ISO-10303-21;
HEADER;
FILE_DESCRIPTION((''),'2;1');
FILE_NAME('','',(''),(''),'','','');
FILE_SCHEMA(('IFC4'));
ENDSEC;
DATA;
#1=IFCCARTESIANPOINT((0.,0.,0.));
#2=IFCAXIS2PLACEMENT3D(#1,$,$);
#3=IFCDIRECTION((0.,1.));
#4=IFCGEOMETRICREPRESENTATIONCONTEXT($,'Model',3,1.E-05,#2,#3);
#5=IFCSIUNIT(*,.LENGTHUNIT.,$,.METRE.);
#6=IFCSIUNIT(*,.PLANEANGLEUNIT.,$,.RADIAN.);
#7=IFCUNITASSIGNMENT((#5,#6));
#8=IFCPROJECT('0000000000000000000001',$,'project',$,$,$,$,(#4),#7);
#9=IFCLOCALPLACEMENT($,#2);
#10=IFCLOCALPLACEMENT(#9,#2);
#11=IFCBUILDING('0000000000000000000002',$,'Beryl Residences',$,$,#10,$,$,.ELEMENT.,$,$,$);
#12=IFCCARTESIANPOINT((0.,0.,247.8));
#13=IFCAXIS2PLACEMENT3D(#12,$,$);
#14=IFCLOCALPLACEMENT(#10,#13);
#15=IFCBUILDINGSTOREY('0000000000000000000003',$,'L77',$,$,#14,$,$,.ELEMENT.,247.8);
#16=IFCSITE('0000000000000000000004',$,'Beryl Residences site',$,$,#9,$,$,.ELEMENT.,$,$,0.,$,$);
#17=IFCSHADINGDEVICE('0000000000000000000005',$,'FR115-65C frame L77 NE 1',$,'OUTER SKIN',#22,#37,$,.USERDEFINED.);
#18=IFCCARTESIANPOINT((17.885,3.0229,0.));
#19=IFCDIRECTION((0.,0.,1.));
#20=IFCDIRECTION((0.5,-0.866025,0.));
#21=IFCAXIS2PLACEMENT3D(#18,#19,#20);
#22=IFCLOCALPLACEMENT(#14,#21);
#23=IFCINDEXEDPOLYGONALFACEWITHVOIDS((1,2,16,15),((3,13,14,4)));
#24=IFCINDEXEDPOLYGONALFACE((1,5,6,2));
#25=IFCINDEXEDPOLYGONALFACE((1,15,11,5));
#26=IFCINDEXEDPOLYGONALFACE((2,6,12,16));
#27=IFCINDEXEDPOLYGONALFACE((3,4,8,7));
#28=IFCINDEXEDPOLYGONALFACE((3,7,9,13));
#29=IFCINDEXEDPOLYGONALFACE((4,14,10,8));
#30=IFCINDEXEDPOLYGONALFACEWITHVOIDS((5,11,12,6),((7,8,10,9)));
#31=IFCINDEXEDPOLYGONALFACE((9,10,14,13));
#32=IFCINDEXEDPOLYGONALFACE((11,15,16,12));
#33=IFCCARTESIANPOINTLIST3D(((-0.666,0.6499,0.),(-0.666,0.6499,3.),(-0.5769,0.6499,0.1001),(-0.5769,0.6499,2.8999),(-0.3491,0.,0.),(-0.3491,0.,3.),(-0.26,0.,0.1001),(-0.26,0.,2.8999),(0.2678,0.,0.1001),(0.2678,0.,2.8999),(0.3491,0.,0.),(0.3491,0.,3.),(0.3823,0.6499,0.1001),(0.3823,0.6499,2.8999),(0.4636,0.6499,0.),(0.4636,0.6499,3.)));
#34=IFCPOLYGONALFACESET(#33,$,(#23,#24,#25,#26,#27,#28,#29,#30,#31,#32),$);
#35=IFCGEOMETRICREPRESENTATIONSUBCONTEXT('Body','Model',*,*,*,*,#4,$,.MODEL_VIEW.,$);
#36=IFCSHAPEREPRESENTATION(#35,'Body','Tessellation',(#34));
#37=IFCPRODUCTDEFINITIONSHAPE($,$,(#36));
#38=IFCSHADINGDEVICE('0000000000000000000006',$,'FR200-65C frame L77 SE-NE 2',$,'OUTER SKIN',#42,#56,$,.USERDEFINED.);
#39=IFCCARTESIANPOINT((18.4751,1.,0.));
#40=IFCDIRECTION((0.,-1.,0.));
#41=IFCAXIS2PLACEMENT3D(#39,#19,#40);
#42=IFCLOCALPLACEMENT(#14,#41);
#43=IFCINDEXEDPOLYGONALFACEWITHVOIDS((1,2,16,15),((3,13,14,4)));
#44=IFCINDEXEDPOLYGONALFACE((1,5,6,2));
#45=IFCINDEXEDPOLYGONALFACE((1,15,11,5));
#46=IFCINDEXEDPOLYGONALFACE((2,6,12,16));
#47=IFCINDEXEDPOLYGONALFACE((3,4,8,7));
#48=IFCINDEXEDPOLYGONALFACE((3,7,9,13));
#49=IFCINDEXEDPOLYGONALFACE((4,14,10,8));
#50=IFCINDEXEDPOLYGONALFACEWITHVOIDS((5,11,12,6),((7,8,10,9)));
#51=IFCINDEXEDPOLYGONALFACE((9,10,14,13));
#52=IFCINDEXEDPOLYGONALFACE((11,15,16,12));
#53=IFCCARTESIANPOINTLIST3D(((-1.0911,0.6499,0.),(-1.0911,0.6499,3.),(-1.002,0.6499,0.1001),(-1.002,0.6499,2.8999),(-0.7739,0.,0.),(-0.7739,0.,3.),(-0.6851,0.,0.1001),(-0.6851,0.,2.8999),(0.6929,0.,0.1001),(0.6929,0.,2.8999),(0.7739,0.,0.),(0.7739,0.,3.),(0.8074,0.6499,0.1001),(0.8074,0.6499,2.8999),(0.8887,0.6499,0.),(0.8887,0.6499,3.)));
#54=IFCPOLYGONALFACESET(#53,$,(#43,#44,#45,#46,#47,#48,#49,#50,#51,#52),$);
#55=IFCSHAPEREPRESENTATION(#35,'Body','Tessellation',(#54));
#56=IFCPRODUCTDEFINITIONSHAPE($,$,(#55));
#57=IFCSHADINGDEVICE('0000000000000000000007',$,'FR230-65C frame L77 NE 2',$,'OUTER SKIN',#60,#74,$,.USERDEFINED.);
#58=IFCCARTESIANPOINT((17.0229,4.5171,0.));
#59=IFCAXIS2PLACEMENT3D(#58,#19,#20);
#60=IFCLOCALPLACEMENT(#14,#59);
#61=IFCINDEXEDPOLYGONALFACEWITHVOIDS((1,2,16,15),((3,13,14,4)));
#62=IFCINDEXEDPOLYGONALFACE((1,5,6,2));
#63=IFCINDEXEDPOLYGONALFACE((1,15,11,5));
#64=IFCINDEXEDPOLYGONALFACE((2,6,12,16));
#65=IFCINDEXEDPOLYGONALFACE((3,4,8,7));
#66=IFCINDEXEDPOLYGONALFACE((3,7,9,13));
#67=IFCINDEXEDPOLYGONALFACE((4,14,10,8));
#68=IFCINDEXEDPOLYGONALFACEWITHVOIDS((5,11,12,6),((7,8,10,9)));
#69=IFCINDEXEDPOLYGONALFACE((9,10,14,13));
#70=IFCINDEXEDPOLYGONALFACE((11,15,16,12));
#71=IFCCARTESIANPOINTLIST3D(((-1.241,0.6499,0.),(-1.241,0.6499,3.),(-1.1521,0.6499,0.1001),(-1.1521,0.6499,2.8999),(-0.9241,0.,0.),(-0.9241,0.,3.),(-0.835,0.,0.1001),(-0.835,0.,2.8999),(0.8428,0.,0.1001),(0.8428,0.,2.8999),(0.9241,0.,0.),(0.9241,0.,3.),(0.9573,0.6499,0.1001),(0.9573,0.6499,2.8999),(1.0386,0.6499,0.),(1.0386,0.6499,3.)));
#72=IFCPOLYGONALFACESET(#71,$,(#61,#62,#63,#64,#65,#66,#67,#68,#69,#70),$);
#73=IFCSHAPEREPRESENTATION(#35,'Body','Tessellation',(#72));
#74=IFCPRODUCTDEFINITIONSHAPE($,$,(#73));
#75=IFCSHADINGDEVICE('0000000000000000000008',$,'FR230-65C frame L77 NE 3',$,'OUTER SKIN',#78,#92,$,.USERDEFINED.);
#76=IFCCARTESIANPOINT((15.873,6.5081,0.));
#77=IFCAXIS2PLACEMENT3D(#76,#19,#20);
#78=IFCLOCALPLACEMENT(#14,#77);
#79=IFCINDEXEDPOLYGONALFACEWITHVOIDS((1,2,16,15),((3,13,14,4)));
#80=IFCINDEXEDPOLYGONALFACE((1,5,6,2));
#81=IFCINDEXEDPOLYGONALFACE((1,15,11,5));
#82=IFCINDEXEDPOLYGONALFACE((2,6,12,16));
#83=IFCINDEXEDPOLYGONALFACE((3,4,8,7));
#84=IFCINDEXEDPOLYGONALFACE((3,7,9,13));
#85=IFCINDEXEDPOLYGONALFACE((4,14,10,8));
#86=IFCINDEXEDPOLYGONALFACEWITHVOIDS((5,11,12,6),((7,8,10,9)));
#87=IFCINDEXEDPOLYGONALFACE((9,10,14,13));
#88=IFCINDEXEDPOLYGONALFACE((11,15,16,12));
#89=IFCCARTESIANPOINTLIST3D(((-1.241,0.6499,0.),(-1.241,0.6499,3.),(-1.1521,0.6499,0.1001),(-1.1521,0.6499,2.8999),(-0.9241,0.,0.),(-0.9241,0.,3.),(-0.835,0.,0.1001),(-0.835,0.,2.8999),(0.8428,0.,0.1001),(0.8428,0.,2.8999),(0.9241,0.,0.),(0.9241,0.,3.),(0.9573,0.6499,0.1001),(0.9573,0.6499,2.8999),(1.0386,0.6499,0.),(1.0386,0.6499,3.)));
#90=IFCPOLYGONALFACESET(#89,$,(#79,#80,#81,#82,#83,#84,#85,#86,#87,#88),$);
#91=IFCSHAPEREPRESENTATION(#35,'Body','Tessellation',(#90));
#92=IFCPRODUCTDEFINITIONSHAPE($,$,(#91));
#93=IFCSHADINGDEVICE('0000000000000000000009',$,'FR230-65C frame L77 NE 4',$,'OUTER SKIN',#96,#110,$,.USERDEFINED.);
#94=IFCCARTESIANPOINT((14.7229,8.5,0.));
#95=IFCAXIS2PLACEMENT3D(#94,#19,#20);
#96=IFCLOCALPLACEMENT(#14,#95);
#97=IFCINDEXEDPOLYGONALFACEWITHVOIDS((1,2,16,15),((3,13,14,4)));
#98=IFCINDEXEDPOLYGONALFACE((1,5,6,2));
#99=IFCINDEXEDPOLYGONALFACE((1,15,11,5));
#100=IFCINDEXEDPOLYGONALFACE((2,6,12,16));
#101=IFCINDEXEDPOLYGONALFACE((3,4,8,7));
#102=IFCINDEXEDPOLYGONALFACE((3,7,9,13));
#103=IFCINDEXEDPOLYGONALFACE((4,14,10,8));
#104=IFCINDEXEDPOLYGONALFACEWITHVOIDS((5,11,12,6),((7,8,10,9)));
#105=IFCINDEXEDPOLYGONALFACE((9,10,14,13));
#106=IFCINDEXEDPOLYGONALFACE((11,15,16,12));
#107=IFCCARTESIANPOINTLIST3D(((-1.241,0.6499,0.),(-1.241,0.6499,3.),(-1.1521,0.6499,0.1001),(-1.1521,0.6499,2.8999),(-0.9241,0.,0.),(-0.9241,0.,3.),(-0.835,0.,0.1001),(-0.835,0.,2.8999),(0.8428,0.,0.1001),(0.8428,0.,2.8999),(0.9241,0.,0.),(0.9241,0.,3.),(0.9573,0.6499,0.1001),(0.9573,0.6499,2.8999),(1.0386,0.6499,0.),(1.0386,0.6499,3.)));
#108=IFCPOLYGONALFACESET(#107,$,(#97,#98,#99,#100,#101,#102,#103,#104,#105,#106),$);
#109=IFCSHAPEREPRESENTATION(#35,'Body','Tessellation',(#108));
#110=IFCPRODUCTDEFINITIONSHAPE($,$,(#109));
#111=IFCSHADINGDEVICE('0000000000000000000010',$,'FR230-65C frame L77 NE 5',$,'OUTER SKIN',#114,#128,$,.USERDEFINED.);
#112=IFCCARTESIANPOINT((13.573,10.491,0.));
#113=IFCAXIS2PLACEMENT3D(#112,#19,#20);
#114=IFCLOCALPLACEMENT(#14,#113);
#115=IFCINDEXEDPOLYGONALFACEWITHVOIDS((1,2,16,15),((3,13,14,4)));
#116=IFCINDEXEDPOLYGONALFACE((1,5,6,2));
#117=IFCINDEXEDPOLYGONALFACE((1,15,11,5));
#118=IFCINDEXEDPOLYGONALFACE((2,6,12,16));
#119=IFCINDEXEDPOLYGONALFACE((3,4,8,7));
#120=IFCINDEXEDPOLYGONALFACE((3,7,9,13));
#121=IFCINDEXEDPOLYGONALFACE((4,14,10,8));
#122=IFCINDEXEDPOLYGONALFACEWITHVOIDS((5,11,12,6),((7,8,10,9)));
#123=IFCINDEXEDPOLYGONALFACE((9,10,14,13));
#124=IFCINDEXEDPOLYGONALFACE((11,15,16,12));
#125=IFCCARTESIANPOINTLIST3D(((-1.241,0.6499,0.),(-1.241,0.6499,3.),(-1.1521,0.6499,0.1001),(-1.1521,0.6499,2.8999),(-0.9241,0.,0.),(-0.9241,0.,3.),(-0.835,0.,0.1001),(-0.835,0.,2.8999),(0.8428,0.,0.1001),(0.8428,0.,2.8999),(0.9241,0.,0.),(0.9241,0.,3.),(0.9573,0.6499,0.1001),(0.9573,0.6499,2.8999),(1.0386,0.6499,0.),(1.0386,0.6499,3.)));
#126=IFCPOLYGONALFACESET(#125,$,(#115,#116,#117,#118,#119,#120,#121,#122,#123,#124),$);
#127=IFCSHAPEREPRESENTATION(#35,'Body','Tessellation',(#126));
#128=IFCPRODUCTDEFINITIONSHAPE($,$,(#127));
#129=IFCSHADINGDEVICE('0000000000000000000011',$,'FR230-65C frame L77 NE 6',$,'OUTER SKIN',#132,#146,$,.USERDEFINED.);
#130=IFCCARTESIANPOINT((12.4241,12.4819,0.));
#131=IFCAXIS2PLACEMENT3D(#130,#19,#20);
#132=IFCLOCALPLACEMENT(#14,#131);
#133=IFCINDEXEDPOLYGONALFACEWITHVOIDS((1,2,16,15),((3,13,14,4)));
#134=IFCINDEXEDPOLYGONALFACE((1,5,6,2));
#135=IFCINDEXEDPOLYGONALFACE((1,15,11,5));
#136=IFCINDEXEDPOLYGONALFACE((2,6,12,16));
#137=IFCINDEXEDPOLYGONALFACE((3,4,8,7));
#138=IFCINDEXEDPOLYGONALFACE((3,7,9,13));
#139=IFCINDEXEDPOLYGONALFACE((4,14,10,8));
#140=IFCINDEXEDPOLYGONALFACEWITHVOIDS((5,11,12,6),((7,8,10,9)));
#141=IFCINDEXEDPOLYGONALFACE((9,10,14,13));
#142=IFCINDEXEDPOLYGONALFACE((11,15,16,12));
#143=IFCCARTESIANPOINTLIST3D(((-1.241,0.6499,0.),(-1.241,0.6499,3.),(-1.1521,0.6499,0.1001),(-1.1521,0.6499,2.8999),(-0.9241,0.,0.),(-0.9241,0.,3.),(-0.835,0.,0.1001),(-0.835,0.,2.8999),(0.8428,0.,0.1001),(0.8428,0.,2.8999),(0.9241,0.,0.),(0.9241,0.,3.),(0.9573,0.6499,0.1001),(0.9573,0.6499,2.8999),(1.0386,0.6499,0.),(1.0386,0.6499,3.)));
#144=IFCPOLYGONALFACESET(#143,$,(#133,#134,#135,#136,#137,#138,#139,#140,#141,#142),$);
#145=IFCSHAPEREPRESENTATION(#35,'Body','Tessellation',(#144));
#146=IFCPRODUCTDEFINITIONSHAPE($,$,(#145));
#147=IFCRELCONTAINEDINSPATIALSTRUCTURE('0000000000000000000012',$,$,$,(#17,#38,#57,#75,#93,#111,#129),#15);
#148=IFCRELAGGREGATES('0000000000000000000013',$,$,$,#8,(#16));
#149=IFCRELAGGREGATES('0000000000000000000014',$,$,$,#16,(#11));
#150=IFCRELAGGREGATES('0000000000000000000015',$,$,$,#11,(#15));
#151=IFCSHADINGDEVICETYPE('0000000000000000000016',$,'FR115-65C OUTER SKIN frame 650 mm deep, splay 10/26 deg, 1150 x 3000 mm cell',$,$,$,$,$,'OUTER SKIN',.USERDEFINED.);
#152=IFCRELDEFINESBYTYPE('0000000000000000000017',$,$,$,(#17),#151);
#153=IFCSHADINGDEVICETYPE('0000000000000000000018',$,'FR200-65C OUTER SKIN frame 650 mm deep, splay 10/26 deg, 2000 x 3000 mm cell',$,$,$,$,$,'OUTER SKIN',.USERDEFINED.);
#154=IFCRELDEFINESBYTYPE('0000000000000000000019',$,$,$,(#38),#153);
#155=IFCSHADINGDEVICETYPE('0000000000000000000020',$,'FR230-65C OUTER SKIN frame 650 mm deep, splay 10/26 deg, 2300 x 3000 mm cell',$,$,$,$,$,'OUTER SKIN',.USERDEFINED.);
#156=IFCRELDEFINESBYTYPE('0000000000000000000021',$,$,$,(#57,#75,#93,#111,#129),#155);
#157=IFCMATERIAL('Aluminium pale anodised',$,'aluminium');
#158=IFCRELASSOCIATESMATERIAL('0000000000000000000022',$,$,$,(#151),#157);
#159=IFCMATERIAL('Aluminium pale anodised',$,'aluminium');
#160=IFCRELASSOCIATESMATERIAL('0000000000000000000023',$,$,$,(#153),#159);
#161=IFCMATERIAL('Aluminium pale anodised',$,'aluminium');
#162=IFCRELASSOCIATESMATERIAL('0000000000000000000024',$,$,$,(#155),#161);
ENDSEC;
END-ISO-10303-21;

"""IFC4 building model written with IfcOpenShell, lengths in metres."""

from ifc_helpers import new_model, entity, si_unit, direction, frame, origin, place, context, subcontext, project, spatial, source, transform, mapped, material, type_object, type_shapes, element, save


model = new_model("IFC4")

# Units and contexts
model_context = context("Model", 3, precision=1e-05, world=origin(), true_north=direction((0.0, 1.0)))
body_context = subcontext(model_context, "Body", "Model", "MODEL_VIEW")
ifc_project = project(units=[si_unit("LENGTHUNIT", "METRE"), si_unit("PLANEANGLEUNIT", "RADIAN")], contexts=[model_context])

# Site, building, storey
site_placement = place(None, origin())
site = spatial("IfcSite", under=ifc_project, at=site_placement, Name="Beryl Residences site", CompositionType="ELEMENT", RefElevation=0.0)
building_placement = place(site_placement, origin())
building = spatial("IfcBuilding", under=site, at=building_placement, Name="Beryl Residences", CompositionType="ELEMENT")
storey_placement = place(building_placement, frame((0.0, 0.0, 247.8)))
storey = spatial("IfcBuildingStorey", under=building, at=storey_placement, Name="L77", CompositionType="ELEMENT", Elevation=247.8)

# Shading devices
ifc_material_1 = material(Name="Aluminium pale anodised", Category="aluminium")
shading_device_type_1 = type_object("IfcShadingDeviceType", Name="FR115-65C OUTER SKIN frame 650 mm deep, splay 10/26 deg, 1150 x 3000 mm cell", ElementType="OUTER SKIN", PredefinedType="USERDEFINED", material=ifc_material_1)
cartesian_point_1 = entity("IfcCartesianPoint", [-0.3491, 0.0])
cartesian_point_2 = entity("IfcCartesianPoint", [-0.2678, 0.1001])
cartesian_point_3 = entity("IfcCartesianPoint", [-0.4636, 0.0])
cartesian_point_4 = entity("IfcCartesianPoint", [-0.3823, 0.1001])
shared_shape_1 = source(origin(), body_context, "Body", "SweptSolid", [
    entity("IfcExtrudedAreaSolidTapered", entity("IfcArbitraryProfileDefWithVoids", "AREA", None, entity("IfcPolyline", [cartesian_point_1, entity("IfcCartesianPoint", [0.3491, 0.0]), entity("IfcCartesianPoint", [0.3491, 3.0]), entity("IfcCartesianPoint", [-0.3491, 3.0]), cartesian_point_1]), [entity("IfcPolyline", [cartesian_point_2, entity("IfcCartesianPoint", [0.26, 0.1001]), entity("IfcCartesianPoint", [0.26, 2.8999]), entity("IfcCartesianPoint", [-0.2678, 2.8999]), cartesian_point_2])]), entity("IfcAxis2Placement3D", entity("IfcCartesianPoint", [0.0, 0.0, 0.0]), entity("IfcDirection", [0.0, 1.0, 0.0]), entity("IfcDirection", [-1.0, 0.0, 0.0])), entity("IfcDirection", [0.0, 0.0, 1.0]), 0.6499, entity("IfcArbitraryProfileDefWithVoids", "AREA", None, entity("IfcPolyline", [cartesian_point_3, entity("IfcCartesianPoint", [0.666, 0.0]), entity("IfcCartesianPoint", [0.666, 3.0]), entity("IfcCartesianPoint", [-0.4636, 3.0]), cartesian_point_3]), [entity("IfcPolyline", [cartesian_point_4, entity("IfcCartesianPoint", [0.5769, 0.1001]), entity("IfcCartesianPoint", [0.5769, 2.8999]), entity("IfcCartesianPoint", [-0.3823, 2.8999]), cartesian_point_4])])),
])
type_shapes(shading_device_type_1, [shared_shape_1])
shading_device_1_placement = place(storey_placement, frame((17.885, 3.0229, 0.0), z_axis=(0.0, 0.0, 1.0), x_axis=(0.5, -0.866025, 0.0)))
element("IfcShadingDevice", 1, at=shading_device_1_placement, inside=storey, type_object=shading_device_type_1, Name="FR115-65C frame L77 NE 1", ObjectType="OUTER SKIN", PredefinedType="USERDEFINED", context=body_context, shape_type="MappedRepresentation", body=[
    mapped(shared_shape_1, transform((0.0, 0.0, 0.0))),
])
ifc_material_2 = material(Name="Aluminium pale anodised", Category="aluminium")
shading_device_type_2 = type_object("IfcShadingDeviceType", Name="FR200-65C OUTER SKIN frame 650 mm deep, splay 10/26 deg, 2000 x 3000 mm cell", ElementType="OUTER SKIN", PredefinedType="USERDEFINED", material=ifc_material_2)
cartesian_point_5 = entity("IfcCartesianPoint", [-0.7739, 0.0])
cartesian_point_6 = entity("IfcCartesianPoint", [-0.6929, 0.1001])
cartesian_point_7 = entity("IfcCartesianPoint", [-0.8887, 0.0])
cartesian_point_8 = entity("IfcCartesianPoint", [-0.8074, 0.1001])
shared_shape_2 = source(origin(), body_context, "Body", "SweptSolid", [
    entity("IfcExtrudedAreaSolidTapered", entity("IfcArbitraryProfileDefWithVoids", "AREA", None, entity("IfcPolyline", [cartesian_point_5, entity("IfcCartesianPoint", [0.7739, 0.0]), entity("IfcCartesianPoint", [0.7739, 3.0]), entity("IfcCartesianPoint", [-0.7739, 3.0]), cartesian_point_5]), [entity("IfcPolyline", [cartesian_point_6, entity("IfcCartesianPoint", [0.6851, 0.1001]), entity("IfcCartesianPoint", [0.6851, 2.8999]), entity("IfcCartesianPoint", [-0.6929, 2.8999]), cartesian_point_6])]), entity("IfcAxis2Placement3D", entity("IfcCartesianPoint", [0.0, 0.0, 0.0]), entity("IfcDirection", [0.0, 1.0, 0.0]), entity("IfcDirection", [-1.0, 0.0, 0.0])), entity("IfcDirection", [0.0, 0.0, 1.0]), 0.6499, entity("IfcArbitraryProfileDefWithVoids", "AREA", None, entity("IfcPolyline", [cartesian_point_7, entity("IfcCartesianPoint", [1.0911, 0.0]), entity("IfcCartesianPoint", [1.0911, 3.0]), entity("IfcCartesianPoint", [-0.8887, 3.0]), cartesian_point_7]), [entity("IfcPolyline", [cartesian_point_8, entity("IfcCartesianPoint", [1.002, 0.1001]), entity("IfcCartesianPoint", [1.002, 2.8999]), entity("IfcCartesianPoint", [-0.8074, 2.8999]), cartesian_point_8])])),
])
type_shapes(shading_device_type_2, [shared_shape_2])
shading_device_2_placement = place(storey_placement, frame((18.4751, 1.0, 0.0), z_axis=(0.0, 0.0, 1.0), x_axis=(0.0, -1.0, 0.0)))
element("IfcShadingDevice", 2, at=shading_device_2_placement, inside=storey, type_object=shading_device_type_2, Name="FR200-65C frame L77 SE-NE 2", ObjectType="OUTER SKIN", PredefinedType="USERDEFINED", context=body_context, shape_type="MappedRepresentation", body=[
    mapped(shared_shape_2, transform((0.0, 0.0, 0.0))),
])
ifc_material_3 = material(Name="Aluminium pale anodised", Category="aluminium")
shading_device_type_3 = type_object("IfcShadingDeviceType", Name="FR230-65C OUTER SKIN frame 650 mm deep, splay 10/26 deg, 2300 x 3000 mm cell", ElementType="OUTER SKIN", PredefinedType="USERDEFINED", material=ifc_material_3)
cartesian_point_9 = entity("IfcCartesianPoint", [-0.9241, 0.0])
cartesian_point_10 = entity("IfcCartesianPoint", [-0.8428, 0.1001])
cartesian_point_11 = entity("IfcCartesianPoint", [-1.0386, 0.0])
cartesian_point_12 = entity("IfcCartesianPoint", [-0.9573, 0.1001])
shared_shape_3 = source(origin(), body_context, "Body", "SweptSolid", [
    entity("IfcExtrudedAreaSolidTapered", entity("IfcArbitraryProfileDefWithVoids", "AREA", None, entity("IfcPolyline", [cartesian_point_9, entity("IfcCartesianPoint", [0.9241, 0.0]), entity("IfcCartesianPoint", [0.9241, 3.0]), entity("IfcCartesianPoint", [-0.9241, 3.0]), cartesian_point_9]), [entity("IfcPolyline", [cartesian_point_10, entity("IfcCartesianPoint", [0.835, 0.1001]), entity("IfcCartesianPoint", [0.835, 2.8999]), entity("IfcCartesianPoint", [-0.8428, 2.8999]), cartesian_point_10])]), entity("IfcAxis2Placement3D", entity("IfcCartesianPoint", [0.0, 0.0, 0.0]), entity("IfcDirection", [0.0, 1.0, 0.0]), entity("IfcDirection", [-1.0, 0.0, 0.0])), entity("IfcDirection", [0.0, 0.0, 1.0]), 0.6499, entity("IfcArbitraryProfileDefWithVoids", "AREA", None, entity("IfcPolyline", [cartesian_point_11, entity("IfcCartesianPoint", [1.241, 0.0]), entity("IfcCartesianPoint", [1.241, 3.0]), entity("IfcCartesianPoint", [-1.0386, 3.0]), cartesian_point_11]), [entity("IfcPolyline", [cartesian_point_12, entity("IfcCartesianPoint", [1.1521, 0.1001]), entity("IfcCartesianPoint", [1.1521, 2.8999]), entity("IfcCartesianPoint", [-0.9573, 2.8999]), cartesian_point_12])])),
])
type_shapes(shading_device_type_3, [shared_shape_3])
for number, where, z_axis, x_axis, name in (
    (3, (17.0229, 4.5171, 0.0), (0.0, 0.0, 1.0), (0.5, -0.866025, 0.0), "FR230-65C frame L77 NE 2"),
    (4, (15.873, 6.5081, 0.0), (0.0, 0.0, 1.0), (0.5, -0.866025, 0.0), "FR230-65C frame L77 NE 3"),
    (5, (14.7229, 8.5, 0.0), (0.0, 0.0, 1.0), (0.5, -0.866025, 0.0), "FR230-65C frame L77 NE 4"),
    (6, (13.573, 10.491, 0.0), (0.0, 0.0, 1.0), (0.5, -0.866025, 0.0), "FR230-65C frame L77 NE 5"),
    (7, (12.4241, 12.4819, 0.0), (0.0, 0.0, 1.0), (0.5, -0.866025, 0.0), "FR230-65C frame L77 NE 6"),
):
    element("IfcShadingDevice", number, at=place(storey_placement, frame(where, z_axis=z_axis, x_axis=x_axis)), inside=storey, type_object=shading_device_type_3, Name=name, ObjectType="OUTER SKIN", PredefinedType="USERDEFINED", context=body_context, shape_type="MappedRepresentation", body=[
        mapped(shared_shape_3, transform((0.0, 0.0, 0.0))),
    ])

save(model, "model.ifc")
